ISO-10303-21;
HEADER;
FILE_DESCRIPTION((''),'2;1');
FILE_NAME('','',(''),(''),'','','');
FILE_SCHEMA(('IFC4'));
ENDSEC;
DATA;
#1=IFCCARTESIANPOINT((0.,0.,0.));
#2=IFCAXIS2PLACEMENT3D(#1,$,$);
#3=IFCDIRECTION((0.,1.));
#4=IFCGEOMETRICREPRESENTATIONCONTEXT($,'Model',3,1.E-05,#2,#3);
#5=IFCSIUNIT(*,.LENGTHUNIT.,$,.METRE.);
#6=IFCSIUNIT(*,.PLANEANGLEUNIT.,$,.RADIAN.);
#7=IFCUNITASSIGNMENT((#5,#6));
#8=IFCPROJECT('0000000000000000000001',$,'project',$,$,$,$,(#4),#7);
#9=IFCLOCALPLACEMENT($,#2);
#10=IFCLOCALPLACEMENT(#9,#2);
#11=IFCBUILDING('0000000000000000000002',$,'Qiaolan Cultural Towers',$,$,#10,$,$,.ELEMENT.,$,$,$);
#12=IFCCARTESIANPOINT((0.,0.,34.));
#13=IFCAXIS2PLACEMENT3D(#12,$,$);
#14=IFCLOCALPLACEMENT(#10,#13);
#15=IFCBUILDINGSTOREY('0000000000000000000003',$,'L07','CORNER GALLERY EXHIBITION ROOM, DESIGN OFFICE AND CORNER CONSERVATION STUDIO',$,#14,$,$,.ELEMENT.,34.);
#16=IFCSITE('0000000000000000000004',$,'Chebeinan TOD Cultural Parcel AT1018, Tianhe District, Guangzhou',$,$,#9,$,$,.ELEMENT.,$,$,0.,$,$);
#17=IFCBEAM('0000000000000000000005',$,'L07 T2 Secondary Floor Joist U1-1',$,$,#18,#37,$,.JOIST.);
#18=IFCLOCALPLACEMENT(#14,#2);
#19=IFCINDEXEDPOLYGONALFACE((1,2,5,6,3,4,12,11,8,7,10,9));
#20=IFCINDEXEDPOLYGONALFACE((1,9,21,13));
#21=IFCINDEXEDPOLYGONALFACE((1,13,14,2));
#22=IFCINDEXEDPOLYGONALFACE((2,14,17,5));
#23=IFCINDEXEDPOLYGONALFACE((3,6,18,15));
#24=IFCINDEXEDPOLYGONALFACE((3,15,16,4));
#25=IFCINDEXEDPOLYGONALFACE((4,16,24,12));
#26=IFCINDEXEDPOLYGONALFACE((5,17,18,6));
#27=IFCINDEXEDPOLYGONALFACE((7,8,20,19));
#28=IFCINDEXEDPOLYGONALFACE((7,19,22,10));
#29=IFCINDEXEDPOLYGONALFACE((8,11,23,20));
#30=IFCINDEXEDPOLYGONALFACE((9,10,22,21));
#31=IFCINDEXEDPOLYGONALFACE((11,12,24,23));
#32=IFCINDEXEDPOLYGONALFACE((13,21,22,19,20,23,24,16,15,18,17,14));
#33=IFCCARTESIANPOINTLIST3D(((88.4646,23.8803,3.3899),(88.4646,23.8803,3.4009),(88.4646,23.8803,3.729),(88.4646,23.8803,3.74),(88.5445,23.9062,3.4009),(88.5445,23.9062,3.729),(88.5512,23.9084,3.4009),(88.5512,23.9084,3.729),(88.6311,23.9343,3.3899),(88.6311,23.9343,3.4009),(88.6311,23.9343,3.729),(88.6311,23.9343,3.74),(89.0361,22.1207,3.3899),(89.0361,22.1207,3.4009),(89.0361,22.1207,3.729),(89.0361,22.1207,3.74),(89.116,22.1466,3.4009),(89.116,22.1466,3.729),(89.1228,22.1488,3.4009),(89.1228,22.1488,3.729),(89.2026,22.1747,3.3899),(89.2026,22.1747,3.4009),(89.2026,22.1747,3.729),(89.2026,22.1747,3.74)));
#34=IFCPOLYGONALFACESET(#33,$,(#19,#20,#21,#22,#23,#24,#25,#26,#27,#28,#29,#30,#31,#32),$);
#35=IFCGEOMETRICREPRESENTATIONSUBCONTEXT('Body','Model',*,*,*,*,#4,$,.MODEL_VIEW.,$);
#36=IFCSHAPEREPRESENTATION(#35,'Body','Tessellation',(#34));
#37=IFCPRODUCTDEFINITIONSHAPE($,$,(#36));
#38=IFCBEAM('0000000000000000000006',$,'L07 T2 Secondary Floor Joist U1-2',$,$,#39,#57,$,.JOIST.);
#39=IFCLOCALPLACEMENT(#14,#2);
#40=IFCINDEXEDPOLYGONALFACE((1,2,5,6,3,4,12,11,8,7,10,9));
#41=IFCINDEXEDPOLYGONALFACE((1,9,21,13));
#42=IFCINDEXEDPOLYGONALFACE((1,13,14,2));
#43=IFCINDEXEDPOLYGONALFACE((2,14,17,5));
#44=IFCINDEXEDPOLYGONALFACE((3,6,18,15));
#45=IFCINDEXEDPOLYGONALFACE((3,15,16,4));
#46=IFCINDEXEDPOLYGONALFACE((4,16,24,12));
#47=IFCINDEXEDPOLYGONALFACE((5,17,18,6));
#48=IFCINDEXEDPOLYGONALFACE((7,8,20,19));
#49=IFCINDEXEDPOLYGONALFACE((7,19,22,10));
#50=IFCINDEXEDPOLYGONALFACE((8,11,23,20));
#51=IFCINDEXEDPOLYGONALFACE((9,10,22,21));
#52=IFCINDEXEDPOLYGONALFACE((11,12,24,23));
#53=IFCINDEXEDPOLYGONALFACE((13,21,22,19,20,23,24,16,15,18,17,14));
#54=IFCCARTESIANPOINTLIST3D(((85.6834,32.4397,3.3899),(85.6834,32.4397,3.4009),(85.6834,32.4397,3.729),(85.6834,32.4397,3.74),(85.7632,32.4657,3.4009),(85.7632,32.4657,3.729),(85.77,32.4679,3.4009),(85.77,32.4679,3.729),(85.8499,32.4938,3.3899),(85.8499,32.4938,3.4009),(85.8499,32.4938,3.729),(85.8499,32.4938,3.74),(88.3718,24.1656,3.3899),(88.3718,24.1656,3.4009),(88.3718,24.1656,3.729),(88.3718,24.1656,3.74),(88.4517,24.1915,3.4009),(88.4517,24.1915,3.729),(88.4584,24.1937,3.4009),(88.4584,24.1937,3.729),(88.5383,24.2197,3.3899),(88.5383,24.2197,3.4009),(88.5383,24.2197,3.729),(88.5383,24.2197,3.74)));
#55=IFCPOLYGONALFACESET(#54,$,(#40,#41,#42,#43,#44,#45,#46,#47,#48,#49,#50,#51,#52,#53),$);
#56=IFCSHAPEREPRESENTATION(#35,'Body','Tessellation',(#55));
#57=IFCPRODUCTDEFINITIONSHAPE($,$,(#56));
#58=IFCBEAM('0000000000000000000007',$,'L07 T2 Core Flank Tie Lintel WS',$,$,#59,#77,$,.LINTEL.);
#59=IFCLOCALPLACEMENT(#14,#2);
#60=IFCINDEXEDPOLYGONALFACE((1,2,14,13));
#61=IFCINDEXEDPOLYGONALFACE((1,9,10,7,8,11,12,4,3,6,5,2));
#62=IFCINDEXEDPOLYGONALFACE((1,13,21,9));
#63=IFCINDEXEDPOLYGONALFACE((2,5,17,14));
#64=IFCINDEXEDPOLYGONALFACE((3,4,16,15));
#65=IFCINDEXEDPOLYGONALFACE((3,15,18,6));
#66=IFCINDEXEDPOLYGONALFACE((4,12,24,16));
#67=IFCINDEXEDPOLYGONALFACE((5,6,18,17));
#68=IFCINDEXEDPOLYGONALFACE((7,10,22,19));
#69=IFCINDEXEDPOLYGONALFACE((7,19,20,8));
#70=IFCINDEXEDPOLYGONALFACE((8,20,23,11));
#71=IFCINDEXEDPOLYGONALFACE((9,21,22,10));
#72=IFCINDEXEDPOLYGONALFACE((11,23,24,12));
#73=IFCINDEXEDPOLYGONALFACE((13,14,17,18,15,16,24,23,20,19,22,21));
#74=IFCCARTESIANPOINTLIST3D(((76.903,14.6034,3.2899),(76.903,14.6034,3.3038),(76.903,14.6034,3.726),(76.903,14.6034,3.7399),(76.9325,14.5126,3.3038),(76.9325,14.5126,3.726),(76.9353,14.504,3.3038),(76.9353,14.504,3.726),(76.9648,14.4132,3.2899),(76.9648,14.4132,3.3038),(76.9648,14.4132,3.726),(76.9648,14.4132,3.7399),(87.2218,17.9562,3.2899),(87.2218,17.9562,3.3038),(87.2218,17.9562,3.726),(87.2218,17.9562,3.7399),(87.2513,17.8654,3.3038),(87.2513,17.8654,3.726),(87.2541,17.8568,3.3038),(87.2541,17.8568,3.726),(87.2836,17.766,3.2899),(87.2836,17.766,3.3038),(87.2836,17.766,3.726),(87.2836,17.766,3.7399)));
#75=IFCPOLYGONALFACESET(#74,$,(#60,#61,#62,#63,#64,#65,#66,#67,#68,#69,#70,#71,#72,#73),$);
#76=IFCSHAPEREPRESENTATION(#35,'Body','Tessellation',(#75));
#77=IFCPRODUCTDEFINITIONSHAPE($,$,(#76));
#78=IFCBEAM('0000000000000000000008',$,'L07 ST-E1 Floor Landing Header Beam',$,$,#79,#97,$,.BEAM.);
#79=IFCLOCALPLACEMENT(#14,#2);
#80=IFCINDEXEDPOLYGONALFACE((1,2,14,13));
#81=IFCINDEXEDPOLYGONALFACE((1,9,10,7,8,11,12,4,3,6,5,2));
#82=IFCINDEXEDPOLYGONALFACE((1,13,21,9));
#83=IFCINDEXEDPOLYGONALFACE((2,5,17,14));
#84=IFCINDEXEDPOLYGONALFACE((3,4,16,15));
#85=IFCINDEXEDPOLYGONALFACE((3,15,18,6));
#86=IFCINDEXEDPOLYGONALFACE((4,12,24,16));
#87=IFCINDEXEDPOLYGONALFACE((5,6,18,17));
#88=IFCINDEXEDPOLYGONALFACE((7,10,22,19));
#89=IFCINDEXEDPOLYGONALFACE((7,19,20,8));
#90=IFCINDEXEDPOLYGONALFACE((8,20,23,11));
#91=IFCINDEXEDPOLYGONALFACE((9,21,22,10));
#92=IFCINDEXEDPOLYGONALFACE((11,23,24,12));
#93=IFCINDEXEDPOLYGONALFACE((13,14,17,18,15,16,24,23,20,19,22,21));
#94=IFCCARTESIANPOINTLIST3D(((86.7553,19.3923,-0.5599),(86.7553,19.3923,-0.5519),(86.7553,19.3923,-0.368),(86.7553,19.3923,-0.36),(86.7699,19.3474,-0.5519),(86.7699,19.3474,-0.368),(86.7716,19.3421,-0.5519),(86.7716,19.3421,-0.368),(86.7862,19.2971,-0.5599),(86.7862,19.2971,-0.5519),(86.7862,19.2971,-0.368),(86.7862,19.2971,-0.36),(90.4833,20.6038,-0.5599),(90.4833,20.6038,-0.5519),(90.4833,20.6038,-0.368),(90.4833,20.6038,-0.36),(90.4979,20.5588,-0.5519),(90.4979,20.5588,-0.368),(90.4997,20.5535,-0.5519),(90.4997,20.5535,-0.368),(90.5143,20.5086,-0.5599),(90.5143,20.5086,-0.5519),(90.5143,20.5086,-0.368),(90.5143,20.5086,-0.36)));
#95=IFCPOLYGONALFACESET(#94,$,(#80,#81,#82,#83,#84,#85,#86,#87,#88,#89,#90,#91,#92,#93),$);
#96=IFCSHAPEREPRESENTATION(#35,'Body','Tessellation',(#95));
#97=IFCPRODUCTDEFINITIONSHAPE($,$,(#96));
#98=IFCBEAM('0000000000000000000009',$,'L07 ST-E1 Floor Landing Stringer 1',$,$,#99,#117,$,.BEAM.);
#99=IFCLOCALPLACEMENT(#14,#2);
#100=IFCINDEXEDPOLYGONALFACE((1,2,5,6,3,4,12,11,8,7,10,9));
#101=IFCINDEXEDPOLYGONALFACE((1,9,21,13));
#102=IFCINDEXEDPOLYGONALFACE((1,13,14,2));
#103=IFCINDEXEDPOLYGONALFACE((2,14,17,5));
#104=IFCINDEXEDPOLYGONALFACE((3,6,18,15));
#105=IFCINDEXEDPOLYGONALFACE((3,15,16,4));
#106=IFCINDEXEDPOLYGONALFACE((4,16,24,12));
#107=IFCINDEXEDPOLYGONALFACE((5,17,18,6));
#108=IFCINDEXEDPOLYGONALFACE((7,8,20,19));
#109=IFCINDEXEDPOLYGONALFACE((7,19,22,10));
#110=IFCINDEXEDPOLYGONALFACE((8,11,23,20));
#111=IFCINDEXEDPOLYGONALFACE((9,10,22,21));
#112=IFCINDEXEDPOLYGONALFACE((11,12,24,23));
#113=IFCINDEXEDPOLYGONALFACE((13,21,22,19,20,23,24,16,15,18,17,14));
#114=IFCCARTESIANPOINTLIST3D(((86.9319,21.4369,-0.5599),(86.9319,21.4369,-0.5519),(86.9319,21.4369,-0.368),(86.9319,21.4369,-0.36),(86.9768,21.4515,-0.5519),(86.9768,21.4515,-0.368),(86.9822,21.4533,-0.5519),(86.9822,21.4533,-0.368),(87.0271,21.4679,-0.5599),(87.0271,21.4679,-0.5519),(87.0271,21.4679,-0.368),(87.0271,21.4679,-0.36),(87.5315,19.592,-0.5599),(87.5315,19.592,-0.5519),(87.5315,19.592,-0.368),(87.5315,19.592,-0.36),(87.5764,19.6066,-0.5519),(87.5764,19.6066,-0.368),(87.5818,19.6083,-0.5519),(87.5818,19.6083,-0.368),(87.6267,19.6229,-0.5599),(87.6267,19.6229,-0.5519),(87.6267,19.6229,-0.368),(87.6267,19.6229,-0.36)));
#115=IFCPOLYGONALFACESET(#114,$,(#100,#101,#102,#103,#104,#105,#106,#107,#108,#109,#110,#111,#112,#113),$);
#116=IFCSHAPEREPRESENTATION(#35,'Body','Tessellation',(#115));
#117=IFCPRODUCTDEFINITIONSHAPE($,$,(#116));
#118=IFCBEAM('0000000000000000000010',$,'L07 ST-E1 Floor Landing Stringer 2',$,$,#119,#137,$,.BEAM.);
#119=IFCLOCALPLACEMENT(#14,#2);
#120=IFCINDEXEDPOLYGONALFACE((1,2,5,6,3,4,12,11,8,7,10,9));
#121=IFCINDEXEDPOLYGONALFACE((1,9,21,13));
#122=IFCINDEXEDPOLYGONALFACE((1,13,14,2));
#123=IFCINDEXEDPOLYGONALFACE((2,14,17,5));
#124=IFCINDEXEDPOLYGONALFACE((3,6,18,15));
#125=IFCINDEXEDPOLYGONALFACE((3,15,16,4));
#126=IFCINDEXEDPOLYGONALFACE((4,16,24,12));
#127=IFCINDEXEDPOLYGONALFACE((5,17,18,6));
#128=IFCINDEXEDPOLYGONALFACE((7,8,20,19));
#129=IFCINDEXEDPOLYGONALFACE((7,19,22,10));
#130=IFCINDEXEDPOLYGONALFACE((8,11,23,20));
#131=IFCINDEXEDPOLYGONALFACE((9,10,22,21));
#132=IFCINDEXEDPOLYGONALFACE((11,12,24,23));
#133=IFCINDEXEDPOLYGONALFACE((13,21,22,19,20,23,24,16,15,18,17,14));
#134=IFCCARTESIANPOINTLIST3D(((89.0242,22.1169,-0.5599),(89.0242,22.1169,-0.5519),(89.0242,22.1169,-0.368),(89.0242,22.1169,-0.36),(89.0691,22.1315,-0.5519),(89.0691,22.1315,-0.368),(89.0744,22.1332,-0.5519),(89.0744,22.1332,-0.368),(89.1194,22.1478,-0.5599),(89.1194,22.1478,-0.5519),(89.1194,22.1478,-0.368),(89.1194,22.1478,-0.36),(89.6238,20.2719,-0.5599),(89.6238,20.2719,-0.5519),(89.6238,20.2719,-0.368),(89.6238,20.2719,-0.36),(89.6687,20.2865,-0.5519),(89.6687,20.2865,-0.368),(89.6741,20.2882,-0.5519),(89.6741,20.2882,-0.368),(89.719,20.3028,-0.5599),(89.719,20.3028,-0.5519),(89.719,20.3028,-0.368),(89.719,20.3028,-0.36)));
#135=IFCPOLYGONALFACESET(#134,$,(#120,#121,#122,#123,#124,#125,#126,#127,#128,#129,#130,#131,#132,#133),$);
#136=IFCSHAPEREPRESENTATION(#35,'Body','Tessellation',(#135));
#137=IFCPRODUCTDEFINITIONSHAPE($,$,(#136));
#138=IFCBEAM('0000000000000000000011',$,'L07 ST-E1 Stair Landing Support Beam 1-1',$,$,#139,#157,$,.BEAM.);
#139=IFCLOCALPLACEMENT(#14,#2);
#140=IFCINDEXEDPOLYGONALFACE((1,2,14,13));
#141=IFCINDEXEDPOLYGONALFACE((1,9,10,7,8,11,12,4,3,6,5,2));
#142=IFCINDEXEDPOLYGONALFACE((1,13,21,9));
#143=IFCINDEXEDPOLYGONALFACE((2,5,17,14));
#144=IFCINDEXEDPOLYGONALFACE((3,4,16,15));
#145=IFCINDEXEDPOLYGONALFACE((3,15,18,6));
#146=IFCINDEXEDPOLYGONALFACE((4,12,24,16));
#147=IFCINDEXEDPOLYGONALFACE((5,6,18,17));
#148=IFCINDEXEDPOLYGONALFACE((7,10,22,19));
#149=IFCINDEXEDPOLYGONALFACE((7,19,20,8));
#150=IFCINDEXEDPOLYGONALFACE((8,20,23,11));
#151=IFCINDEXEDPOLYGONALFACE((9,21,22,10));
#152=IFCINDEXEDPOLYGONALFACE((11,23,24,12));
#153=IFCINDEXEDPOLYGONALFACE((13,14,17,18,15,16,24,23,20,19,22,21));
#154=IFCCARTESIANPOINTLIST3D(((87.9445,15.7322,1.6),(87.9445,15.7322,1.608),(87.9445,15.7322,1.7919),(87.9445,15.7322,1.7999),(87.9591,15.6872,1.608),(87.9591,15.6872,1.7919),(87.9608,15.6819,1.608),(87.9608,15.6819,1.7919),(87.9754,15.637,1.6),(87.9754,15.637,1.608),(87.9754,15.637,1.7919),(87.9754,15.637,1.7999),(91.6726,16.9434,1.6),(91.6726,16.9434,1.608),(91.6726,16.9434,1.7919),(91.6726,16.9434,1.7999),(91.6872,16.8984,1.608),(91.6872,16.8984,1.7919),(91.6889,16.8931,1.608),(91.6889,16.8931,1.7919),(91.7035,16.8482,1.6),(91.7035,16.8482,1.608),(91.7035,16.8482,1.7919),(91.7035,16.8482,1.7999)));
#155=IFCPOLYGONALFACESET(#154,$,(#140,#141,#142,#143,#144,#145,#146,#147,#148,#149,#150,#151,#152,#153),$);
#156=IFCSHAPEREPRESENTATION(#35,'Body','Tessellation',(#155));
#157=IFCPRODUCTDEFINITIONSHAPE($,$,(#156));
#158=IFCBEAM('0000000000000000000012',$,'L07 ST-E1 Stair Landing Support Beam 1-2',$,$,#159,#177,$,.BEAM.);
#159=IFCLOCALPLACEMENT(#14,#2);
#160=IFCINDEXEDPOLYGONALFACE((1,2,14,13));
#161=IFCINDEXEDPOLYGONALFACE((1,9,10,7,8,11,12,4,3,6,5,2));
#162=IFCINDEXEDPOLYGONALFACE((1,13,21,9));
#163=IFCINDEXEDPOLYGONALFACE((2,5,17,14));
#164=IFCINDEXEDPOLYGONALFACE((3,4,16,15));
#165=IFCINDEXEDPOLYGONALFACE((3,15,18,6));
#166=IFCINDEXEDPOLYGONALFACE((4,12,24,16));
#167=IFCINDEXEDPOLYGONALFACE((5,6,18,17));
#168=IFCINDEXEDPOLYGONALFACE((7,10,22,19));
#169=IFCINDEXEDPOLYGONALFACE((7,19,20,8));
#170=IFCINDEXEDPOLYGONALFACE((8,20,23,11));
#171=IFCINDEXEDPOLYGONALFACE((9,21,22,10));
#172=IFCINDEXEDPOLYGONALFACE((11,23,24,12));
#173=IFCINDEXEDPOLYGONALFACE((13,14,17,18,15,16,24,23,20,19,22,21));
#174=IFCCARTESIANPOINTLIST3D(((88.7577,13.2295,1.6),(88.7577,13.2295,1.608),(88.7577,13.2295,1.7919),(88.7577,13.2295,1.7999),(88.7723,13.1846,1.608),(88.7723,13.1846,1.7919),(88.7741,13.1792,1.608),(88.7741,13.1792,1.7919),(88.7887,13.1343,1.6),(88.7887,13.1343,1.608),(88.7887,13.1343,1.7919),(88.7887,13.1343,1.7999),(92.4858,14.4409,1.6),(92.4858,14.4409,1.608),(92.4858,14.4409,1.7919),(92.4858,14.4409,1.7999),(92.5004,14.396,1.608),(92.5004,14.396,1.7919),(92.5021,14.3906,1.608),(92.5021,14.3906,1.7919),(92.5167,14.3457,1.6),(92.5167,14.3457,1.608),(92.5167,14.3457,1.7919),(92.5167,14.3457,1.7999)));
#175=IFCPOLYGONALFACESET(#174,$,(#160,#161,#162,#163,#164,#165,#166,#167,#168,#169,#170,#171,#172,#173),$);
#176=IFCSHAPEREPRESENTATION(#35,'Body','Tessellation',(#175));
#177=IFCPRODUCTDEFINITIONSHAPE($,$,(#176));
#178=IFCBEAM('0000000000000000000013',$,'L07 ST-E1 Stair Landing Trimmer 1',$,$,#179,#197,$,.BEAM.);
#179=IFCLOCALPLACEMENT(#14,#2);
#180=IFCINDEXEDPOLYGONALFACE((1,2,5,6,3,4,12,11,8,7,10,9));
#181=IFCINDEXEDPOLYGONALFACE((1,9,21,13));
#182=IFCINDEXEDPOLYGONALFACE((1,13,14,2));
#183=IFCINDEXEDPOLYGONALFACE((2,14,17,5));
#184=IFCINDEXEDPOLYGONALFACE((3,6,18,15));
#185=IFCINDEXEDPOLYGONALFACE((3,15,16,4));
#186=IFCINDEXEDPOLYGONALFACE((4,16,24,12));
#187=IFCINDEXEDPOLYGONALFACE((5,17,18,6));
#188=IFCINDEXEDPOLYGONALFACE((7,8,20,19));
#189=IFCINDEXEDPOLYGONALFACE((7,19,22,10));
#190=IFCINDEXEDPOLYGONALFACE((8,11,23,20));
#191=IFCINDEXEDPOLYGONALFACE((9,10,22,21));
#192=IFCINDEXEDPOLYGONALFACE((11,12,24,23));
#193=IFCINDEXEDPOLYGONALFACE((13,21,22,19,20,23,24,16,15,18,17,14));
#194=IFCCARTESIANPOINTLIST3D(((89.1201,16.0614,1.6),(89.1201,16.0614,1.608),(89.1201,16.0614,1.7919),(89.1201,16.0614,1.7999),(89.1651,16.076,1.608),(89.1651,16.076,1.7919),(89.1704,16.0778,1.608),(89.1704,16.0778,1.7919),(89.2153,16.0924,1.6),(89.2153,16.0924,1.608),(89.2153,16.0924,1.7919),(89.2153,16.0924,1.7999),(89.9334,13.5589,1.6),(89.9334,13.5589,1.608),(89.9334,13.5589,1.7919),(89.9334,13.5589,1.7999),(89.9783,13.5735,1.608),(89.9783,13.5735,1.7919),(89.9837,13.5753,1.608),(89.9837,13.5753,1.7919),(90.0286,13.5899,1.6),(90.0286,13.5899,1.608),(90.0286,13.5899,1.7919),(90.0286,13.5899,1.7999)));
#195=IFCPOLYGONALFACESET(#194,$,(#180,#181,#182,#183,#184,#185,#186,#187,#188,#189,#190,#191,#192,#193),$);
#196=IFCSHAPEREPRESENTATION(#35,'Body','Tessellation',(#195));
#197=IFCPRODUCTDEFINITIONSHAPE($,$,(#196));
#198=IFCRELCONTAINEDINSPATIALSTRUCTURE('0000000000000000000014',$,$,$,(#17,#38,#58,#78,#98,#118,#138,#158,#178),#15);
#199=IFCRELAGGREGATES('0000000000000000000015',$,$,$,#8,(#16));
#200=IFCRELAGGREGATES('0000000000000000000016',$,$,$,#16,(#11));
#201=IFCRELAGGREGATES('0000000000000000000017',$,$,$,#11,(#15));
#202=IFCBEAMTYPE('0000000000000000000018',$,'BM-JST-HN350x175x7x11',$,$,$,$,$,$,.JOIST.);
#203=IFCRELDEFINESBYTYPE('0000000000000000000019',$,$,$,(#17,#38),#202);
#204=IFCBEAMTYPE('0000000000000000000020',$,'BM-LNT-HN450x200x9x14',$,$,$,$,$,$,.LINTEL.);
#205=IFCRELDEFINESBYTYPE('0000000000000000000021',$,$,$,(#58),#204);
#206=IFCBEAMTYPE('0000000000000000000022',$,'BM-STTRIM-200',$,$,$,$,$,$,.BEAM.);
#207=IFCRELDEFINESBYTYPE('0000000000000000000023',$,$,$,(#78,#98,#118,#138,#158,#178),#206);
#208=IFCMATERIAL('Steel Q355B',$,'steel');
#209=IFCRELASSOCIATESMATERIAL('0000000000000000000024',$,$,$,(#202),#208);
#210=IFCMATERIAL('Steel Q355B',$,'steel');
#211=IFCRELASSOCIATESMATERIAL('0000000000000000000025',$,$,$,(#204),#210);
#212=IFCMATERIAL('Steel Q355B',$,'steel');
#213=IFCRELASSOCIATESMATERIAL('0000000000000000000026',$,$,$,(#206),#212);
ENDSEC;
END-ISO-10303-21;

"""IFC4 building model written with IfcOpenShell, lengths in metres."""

from ifc_helpers import new_model, si_unit, direction, frame, origin, origin_2d, place, context, subcontext, project, spatial, i_section, extrude, material, material_profile, profile_set, type_object, element, save


model = new_model("IFC4")

# Units and contexts
model_context = context("Model", 3, precision=1e-05, world=origin(), true_north=direction((0.0, 1.0)))
body_context = subcontext(model_context, "Body", "Model", "MODEL_VIEW")
ifc_project = project(units=[si_unit("LENGTHUNIT", "METRE"), si_unit("PLANEANGLEUNIT", "RADIAN")], contexts=[model_context])

# Site, building, storey
site_placement = place(None, origin())
site = spatial("IfcSite", under=ifc_project, at=site_placement, Name="Chebeinan TOD Cultural Parcel AT1018, Tianhe District, Guangzhou", CompositionType="ELEMENT", RefElevation=0.0)
building_placement = place(site_placement, origin())
building = spatial("IfcBuilding", under=site, at=building_placement, Name="Qiaolan Cultural Towers", CompositionType="ELEMENT")
storey_placement = place(building_placement, frame((0.0, 0.0, 34.0)))
storey = spatial("IfcBuildingStorey", under=building, at=storey_placement, Name="L07", Description="CORNER GALLERY EXHIBITION ROOM, DESIGN OFFICE AND CORNER CONSERVATION STUDIO", CompositionType="ELEMENT", Elevation=34.0)

# Beams
ifc_material_1 = material(Name="Steel Q355B", Category="steel")
ifc_material_profile_1 = material_profile(ifc_material_1, i_section(OverallWidth=0.175, OverallDepth=0.3501, WebThickness=0.0071, FlangeThickness=0.011, at=origin_2d()), Name="HN350x175x7x11")
ifc_profile_set_1 = profile_set([ifc_material_profile_1], Name="Steel Q355B")
beam_type_1 = type_object("IfcBeamType", Name="BM-JST-HN350x175x7x11", PredefinedType="JOIST", material=ifc_profile_set_1)
beam_1_placement = place(storey_placement, frame((89.1194, 22.1477, 3.5649), z_axis=(-0.308934, 0.951084, 0.0), x_axis=(-0.951084, -0.308934, 0.0)))
element("IfcBeam", 1, at=beam_1_placement, inside=storey, type_object=beam_type_1, Name="L07 T2 Secondary Floor Joist U1-1", PredefinedType="JOIST", context=body_context, shape_type="SweptSolid", body=[
    extrude(i_section(OverallWidth=0.175, OverallDepth=0.3501, WebThickness=0.0071, FlangeThickness=0.011, at=origin_2d()), origin(), (0.0, 0.0, 1.0), 1.8501),
])
beam_2_placement = place(storey_placement, frame((88.4551, 24.1926, 3.5649), z_axis=(-0.309021, 0.951055, 0.0), x_axis=(-0.951055, -0.309021, 0.0)))
element("IfcBeam", 2, at=beam_2_placement, inside=storey, type_object=beam_type_1, Name="L07 T2 Secondary Floor Joist U1-2", PredefinedType="JOIST", context=body_context, shape_type="SweptSolid", body=[
    extrude(i_section(OverallWidth=0.175, OverallDepth=0.3501, WebThickness=0.0071, FlangeThickness=0.011, at=origin_2d()), origin(), (0.0, 0.0, 1.0), 8.7),
])
ifc_material_2 = material(Name="Steel Q355B", Category="steel")
ifc_material_profile_2 = material_profile(ifc_material_2, i_section(OverallWidth=0.2, OverallDepth=0.45, WebThickness=0.009, FlangeThickness=0.0139, at=origin_2d()), Name="HN450x200x9x14")
ifc_profile_set_2 = profile_set([ifc_material_profile_2], Name="Steel Q355B")
beam_type_2 = type_object("IfcBeamType", Name="BM-LNT-HN450x200x9x14", PredefinedType="LINTEL", material=ifc_profile_set_2)
beam_3_placement = place(storey_placement, frame((87.2527, 17.8611, 3.5149), z_axis=(-0.951057, -0.309016, 0.0), x_axis=(0.309016, -0.951057, 0.0)))
element("IfcBeam", 3, at=beam_3_placement, inside=storey, type_object=beam_type_2, Name="L07 T2 Core Flank Tie Lintel WS", PredefinedType="LINTEL", context=body_context, shape_type="SweptSolid", body=[
    extrude(i_section(OverallWidth=0.2, OverallDepth=0.45, WebThickness=0.009, FlangeThickness=0.0139, at=origin_2d()), origin(), (0.0, 0.0, 1.0), 10.8499),
])
ifc_material_3 = material(Name="Steel Q355B", Category="steel")
ifc_material_profile_3 = material_profile(ifc_material_3, i_section(OverallWidth=0.1001, OverallDepth=0.2, WebThickness=0.0056, FlangeThickness=0.0081, at=origin_2d()), Name="HN200x100x5.5x8")
ifc_profile_set_3 = profile_set([ifc_material_profile_3], Name="Steel Q355B")
beam_type_3 = type_object("IfcBeamType", Name="BM-STTRIM-200", PredefinedType="BEAM", material=ifc_profile_set_3)
beam_4_placement = place(storey_placement, frame((86.7708, 19.3447, -0.46), z_axis=(0.951048, 0.309044, 0.0), x_axis=(-0.309044, 0.951048, 0.0)))
element("IfcBeam", 4, at=beam_4_placement, inside=storey, type_object=beam_type_3, Name="L07 ST-E1 Floor Landing Header Beam", PredefinedType="BEAM", context=body_context, shape_type="SweptSolid", body=[
    extrude(i_section(OverallWidth=0.1001, OverallDepth=0.2, WebThickness=0.0056, FlangeThickness=0.0081, at=origin_2d()), origin(), (0.0, 0.0, 1.0), 3.9199),
])
for number, where, z_axis, x_axis, name in (
    (5, (86.9795, 21.4524, -0.46), (0.309083, -0.951035, 0.0), (0.951035, 0.309083, 0.0), "L07 ST-E1 Floor Landing Stringer 1"),
    (6, (89.0718, 22.1323, -0.46), (0.309083, -0.951035, 0.0), (0.951035, 0.309083, 0.0), "L07 ST-E1 Floor Landing Stringer 2"),
):
    element("IfcBeam", number, at=place(storey_placement, frame(where, z_axis=z_axis, x_axis=x_axis)), inside=storey, type_object=beam_type_3, Name=name, PredefinedType="BEAM", context=body_context, shape_type="SweptSolid", body=[
        extrude(i_section(OverallWidth=0.1001, OverallDepth=0.2, WebThickness=0.0056, FlangeThickness=0.0081, at=origin_2d()), origin(), (0.0, 0.0, 1.0), 1.9399),
    ])
for number, where, z_axis, x_axis, name in (
    (7, (87.96, 15.6846, 1.7), (0.951066, 0.308987, 0.0), (-0.308987, 0.951066, 0.0), "L07 ST-E1 Stair Landing Support Beam 1-1"),
    (8, (88.7732, 13.1819, 1.7), (0.951048, 0.309044, 0.0), (-0.309044, 0.951048, 0.0), "L07 ST-E1 Stair Landing Support Beam 1-2"),
):
    element("IfcBeam", number, at=place(storey_placement, frame(where, z_axis=z_axis, x_axis=x_axis)), inside=storey, type_object=beam_type_3, Name=name, PredefinedType="BEAM", context=body_context, shape_type="SweptSolid", body=[
        extrude(i_section(OverallWidth=0.1001, OverallDepth=0.2, WebThickness=0.0056, FlangeThickness=0.0081, at=origin_2d()), origin(), (0.0, 0.0, 1.0), 3.9199),
    ])
beam_5_placement = place(storey_placement, frame((89.1677, 16.0769, 1.7), z_axis=(0.309065, -0.951041, 0.0), x_axis=(0.951041, 0.309065, 0.0)))
element("IfcBeam", 9, at=beam_5_placement, inside=storey, type_object=beam_type_3, Name="L07 ST-E1 Stair Landing Trimmer 1", PredefinedType="BEAM", context=body_context, shape_type="SweptSolid", body=[
    extrude(i_section(OverallWidth=0.1001, OverallDepth=0.2, WebThickness=0.0056, FlangeThickness=0.0081, at=origin_2d()), origin(), (0.0, 0.0, 1.0), 2.6313),
])

save(model, "model.ifc")
